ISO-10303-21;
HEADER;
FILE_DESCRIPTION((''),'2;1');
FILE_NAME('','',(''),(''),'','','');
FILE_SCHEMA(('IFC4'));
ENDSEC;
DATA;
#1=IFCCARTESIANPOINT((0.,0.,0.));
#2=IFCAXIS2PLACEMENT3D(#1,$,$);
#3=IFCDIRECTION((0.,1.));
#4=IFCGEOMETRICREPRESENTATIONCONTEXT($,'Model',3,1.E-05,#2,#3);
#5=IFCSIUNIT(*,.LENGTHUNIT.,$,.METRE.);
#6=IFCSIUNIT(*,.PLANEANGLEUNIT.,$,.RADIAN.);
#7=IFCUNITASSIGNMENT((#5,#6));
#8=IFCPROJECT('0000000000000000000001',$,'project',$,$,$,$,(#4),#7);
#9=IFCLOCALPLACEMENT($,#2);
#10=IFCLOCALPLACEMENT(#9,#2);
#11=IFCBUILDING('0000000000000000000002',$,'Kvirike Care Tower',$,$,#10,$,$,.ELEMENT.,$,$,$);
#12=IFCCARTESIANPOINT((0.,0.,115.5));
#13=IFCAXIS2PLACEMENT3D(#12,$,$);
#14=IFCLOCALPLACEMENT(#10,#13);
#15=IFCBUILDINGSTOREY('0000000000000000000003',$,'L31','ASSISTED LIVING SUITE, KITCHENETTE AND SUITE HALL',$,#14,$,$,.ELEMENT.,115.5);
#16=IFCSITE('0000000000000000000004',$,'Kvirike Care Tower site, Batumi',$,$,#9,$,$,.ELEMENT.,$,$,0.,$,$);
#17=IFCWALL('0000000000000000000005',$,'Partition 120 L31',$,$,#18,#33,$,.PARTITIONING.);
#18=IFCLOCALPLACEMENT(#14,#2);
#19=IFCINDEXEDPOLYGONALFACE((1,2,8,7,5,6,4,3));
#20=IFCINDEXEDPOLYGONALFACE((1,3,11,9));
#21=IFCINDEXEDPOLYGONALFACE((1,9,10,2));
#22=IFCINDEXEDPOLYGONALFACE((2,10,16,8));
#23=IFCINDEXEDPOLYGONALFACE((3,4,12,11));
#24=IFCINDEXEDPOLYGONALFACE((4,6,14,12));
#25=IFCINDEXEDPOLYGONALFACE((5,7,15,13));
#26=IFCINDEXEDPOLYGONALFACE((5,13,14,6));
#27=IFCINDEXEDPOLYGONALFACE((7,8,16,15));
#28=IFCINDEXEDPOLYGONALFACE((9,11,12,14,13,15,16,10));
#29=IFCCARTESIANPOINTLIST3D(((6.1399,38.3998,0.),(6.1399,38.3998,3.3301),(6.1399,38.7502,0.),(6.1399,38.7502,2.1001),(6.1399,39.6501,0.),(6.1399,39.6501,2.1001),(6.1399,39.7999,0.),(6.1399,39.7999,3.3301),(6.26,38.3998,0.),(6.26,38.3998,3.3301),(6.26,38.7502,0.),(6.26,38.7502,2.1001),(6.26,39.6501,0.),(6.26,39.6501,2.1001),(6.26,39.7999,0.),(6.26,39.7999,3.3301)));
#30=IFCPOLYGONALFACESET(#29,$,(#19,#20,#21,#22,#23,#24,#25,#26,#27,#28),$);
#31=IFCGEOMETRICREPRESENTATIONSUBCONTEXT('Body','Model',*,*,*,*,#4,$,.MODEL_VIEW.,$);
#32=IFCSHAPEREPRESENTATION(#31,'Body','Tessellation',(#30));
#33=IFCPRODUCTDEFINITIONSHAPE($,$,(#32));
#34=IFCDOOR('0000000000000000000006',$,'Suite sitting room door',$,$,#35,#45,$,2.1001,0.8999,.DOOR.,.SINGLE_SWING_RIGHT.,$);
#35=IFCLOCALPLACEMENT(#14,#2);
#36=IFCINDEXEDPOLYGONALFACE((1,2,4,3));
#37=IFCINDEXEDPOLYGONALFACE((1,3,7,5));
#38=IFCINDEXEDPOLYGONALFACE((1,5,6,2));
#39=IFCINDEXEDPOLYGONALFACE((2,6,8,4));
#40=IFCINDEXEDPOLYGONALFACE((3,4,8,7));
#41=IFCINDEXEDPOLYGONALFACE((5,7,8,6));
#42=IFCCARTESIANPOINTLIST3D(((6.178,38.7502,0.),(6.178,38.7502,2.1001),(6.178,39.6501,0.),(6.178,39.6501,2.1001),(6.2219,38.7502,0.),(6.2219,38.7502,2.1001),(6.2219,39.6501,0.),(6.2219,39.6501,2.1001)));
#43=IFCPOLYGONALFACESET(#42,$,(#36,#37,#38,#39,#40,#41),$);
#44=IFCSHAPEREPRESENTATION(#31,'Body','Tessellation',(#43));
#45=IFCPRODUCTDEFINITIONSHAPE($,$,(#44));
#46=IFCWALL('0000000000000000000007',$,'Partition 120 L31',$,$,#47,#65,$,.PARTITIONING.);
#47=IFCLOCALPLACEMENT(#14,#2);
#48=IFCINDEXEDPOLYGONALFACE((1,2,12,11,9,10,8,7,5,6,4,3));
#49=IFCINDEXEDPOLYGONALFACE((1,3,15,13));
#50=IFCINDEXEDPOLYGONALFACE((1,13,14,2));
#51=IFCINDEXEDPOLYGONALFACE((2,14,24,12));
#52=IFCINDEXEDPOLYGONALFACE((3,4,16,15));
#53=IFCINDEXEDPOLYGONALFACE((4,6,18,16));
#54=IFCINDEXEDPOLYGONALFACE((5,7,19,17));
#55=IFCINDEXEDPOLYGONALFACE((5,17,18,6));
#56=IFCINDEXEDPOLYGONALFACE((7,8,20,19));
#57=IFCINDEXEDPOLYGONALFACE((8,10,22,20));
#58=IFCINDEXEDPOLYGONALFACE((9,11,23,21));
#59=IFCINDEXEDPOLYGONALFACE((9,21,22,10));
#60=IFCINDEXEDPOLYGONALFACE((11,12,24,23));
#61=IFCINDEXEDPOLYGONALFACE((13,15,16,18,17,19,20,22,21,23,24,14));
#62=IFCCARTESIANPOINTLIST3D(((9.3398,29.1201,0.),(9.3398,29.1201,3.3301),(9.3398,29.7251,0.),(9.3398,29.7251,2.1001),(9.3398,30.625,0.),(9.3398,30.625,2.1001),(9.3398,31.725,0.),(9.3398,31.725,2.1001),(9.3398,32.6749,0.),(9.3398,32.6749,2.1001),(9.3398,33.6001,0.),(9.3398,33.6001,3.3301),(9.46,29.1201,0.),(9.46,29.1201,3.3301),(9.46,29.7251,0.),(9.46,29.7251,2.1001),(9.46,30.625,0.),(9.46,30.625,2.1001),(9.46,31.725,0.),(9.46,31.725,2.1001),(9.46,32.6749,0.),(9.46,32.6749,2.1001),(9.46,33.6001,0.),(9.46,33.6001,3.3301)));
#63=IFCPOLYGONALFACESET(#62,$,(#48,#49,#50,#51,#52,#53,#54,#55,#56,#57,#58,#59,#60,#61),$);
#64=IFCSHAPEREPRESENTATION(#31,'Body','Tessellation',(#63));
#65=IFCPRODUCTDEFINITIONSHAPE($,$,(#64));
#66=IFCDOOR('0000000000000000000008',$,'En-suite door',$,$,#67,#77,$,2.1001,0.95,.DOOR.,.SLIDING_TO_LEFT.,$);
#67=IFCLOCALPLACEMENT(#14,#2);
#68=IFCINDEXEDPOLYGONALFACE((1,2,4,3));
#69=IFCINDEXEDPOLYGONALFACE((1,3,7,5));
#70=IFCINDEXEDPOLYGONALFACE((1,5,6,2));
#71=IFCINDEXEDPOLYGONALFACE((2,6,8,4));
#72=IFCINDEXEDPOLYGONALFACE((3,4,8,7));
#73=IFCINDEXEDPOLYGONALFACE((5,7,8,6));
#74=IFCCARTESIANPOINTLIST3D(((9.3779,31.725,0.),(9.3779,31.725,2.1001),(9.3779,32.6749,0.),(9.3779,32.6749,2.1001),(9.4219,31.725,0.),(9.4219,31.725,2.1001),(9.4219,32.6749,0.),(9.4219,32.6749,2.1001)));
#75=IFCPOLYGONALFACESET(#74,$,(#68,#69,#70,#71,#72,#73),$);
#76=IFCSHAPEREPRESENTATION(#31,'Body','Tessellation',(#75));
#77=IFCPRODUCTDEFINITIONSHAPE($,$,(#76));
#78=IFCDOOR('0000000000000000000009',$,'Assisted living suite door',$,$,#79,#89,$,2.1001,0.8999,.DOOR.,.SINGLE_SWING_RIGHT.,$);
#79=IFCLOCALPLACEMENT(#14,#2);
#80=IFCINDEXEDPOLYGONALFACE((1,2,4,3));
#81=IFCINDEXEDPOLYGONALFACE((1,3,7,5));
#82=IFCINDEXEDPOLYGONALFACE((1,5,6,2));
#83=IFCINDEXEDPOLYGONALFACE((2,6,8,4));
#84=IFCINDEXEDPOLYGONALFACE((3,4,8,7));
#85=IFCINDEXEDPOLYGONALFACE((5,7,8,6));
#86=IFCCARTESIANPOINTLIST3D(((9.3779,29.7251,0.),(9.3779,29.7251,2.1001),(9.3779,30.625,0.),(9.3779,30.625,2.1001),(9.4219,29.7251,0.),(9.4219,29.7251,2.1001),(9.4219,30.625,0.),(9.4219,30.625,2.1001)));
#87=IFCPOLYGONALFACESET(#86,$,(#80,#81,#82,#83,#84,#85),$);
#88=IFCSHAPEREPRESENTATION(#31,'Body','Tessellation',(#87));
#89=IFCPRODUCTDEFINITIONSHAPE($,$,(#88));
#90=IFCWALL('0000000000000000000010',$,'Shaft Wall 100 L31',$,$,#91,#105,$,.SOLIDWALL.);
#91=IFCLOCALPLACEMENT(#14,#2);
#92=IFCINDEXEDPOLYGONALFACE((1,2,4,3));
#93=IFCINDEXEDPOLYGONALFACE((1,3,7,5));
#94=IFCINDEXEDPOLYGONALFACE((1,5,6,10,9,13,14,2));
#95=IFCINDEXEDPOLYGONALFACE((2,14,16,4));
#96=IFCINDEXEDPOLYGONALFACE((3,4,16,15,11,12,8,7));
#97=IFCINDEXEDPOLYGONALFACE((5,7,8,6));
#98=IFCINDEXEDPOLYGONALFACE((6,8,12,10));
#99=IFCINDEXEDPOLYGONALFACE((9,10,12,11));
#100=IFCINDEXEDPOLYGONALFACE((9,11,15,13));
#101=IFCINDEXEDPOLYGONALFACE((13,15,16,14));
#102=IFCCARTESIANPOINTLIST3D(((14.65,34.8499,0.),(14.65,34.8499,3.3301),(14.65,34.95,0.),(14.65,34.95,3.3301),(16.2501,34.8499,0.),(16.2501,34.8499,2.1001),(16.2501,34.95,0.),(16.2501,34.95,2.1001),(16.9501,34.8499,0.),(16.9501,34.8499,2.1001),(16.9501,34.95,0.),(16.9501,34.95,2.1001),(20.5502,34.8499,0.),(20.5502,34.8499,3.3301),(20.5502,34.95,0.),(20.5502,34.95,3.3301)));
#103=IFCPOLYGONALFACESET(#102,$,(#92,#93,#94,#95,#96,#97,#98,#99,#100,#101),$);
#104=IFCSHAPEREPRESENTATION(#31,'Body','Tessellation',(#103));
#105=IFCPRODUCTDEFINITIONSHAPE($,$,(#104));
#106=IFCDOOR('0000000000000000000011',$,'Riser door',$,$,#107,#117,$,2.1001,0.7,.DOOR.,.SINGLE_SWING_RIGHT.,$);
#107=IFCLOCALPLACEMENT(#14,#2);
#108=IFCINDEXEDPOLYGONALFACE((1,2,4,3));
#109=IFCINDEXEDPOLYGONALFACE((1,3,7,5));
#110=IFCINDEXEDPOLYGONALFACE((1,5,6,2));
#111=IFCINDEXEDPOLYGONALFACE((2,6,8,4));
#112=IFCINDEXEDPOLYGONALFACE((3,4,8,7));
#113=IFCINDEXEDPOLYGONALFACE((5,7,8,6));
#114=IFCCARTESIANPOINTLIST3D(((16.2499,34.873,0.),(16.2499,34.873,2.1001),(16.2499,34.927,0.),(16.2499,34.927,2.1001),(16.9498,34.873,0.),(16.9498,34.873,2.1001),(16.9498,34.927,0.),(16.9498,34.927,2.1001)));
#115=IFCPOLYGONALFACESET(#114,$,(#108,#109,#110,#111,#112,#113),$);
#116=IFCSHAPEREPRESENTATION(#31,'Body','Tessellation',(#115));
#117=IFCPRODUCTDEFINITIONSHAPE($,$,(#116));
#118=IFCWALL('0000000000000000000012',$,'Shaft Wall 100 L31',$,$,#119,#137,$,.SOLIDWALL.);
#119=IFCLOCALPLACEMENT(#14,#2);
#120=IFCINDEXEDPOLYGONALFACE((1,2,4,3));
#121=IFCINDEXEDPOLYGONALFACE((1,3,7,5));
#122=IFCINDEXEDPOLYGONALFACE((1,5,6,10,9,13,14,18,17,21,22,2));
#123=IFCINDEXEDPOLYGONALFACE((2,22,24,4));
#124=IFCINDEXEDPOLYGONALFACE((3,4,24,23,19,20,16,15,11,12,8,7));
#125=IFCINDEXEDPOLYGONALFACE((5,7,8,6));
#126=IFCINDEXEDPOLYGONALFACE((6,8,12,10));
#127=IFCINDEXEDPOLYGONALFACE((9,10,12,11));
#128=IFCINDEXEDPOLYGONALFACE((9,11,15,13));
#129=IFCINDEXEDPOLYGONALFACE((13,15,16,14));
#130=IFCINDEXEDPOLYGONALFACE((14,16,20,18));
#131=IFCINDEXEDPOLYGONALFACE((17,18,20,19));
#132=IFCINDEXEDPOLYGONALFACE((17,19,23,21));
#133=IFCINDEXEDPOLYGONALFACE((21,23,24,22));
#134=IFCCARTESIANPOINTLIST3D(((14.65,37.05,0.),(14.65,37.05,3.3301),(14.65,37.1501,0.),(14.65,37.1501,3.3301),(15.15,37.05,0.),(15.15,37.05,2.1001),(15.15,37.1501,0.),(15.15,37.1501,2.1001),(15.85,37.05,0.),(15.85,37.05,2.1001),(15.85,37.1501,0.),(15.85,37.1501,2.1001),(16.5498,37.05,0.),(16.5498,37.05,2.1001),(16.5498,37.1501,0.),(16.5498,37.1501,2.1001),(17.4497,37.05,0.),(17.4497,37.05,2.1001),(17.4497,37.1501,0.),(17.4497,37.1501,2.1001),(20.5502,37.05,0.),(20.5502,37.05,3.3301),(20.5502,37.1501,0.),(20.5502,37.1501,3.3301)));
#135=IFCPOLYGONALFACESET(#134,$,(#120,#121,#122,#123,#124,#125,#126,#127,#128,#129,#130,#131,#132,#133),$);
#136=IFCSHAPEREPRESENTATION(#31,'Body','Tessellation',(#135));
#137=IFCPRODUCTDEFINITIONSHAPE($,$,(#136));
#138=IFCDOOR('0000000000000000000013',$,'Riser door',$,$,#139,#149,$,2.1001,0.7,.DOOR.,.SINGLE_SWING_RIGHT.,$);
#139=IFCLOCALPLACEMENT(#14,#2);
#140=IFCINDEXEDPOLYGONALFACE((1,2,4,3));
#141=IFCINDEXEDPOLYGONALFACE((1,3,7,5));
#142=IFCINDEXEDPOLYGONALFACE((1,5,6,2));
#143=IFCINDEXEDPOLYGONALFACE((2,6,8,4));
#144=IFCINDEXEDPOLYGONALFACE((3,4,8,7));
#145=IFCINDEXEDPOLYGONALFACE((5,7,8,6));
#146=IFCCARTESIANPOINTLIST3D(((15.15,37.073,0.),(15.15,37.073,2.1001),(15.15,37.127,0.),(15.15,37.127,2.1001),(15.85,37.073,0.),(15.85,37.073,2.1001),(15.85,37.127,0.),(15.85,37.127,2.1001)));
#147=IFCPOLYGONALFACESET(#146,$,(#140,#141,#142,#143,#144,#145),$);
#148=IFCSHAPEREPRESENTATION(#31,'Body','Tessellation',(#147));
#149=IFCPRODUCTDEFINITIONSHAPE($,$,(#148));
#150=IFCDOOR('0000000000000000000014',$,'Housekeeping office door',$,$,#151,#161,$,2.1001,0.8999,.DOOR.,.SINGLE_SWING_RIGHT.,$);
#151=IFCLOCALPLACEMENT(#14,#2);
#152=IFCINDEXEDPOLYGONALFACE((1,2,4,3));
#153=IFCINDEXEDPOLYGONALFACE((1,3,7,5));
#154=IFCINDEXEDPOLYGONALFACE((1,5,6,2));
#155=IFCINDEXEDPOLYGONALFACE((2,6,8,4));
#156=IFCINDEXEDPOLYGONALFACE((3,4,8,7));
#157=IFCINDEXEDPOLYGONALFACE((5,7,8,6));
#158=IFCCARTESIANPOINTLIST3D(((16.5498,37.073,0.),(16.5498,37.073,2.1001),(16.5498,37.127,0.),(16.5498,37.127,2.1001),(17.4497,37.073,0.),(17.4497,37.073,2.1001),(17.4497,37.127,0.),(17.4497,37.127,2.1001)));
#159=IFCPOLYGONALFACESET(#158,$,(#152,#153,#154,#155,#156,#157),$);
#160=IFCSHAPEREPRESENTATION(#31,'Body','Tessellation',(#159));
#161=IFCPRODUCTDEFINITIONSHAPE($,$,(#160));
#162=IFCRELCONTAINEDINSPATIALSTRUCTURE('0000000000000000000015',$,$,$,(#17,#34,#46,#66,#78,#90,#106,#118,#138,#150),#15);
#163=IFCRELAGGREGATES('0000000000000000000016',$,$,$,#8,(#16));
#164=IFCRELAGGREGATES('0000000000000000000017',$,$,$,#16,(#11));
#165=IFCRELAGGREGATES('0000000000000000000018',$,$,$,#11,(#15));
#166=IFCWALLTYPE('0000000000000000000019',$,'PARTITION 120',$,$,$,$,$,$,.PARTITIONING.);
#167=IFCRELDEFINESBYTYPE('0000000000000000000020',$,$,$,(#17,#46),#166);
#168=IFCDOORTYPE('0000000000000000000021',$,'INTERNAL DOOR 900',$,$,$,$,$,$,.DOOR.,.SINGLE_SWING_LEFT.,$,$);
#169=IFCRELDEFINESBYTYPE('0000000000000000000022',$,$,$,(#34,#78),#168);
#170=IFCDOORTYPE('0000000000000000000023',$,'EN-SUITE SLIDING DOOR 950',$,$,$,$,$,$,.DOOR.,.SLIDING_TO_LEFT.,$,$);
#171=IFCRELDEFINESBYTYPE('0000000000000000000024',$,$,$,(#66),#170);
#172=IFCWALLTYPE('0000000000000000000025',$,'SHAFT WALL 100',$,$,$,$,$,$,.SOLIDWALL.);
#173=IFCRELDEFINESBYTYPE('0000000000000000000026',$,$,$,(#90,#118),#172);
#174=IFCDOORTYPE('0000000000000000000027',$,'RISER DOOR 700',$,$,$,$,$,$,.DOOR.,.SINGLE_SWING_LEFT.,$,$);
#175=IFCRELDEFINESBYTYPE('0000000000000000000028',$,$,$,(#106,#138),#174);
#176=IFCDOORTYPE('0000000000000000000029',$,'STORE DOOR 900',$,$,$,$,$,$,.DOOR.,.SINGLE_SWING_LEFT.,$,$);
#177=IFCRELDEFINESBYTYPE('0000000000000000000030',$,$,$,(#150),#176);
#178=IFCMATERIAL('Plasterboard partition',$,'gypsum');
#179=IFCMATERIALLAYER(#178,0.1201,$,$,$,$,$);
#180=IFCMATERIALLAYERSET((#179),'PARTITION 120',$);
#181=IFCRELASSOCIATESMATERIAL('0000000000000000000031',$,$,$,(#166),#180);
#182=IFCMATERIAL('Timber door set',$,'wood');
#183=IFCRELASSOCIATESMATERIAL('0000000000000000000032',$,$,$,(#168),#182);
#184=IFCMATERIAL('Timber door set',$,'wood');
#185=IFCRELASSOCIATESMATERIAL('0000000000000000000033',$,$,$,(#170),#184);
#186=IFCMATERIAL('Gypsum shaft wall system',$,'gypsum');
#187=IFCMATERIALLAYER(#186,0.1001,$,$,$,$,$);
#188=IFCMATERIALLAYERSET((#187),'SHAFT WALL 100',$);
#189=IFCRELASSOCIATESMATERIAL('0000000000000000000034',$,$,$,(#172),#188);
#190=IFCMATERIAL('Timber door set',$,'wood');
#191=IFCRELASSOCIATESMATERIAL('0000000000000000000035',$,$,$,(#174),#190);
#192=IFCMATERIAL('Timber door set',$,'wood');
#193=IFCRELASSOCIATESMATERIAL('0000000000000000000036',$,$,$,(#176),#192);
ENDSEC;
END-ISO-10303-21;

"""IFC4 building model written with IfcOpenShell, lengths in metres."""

from ifc_helpers import new_model, si_unit, direction, frame, frame_2d, origin, place, context, subcontext, project, spatial, rectangle, extrude, material, layer, layer_set, type_object, element, fill, save


model = new_model("IFC4")

# Units and contexts
model_context = context("Model", 3, precision=1e-05, world=origin(), true_north=direction((0.0, 1.0)))
body_context = subcontext(model_context, "Body", "Model", "MODEL_VIEW")
ifc_project = project(units=[si_unit("LENGTHUNIT", "METRE"), si_unit("PLANEANGLEUNIT", "RADIAN")], contexts=[model_context])

# Site, building, storey
site_placement = place(None, origin())
site = spatial("IfcSite", under=ifc_project, at=site_placement, Name="Kvirike Care Tower site, Batumi", CompositionType="ELEMENT", RefElevation=0.0)
building_placement = place(site_placement, origin())
building = spatial("IfcBuilding", under=site, at=building_placement, Name="Kvirike Care Tower", CompositionType="ELEMENT")
storey_placement = place(building_placement, frame((0.0, 0.0, 115.5)))
storey = spatial("IfcBuildingStorey", under=building, at=storey_placement, Name="L31", Description="ASSISTED LIVING SUITE, KITCHENETTE AND SUITE HALL", CompositionType="ELEMENT", Elevation=115.5)

# Wall, opening, door
ifc_material_1 = material(Name="Plasterboard partition", Category="gypsum")
ifc_layer_1 = layer(ifc_material_1, 0.1201)
ifc_layer_set_1 = layer_set([ifc_layer_1], Name="PARTITION 120")
wall_type_1 = type_object("IfcWallType", Name="PARTITION 120", PredefinedType="PARTITIONING", material=ifc_layer_set_1)
ifc_material_2 = material(Name="Timber door set", Category="wood")
door_type_1 = type_object("IfcDoorType", Name="INTERNAL DOOR 900", OperationType="SINGLE_SWING_LEFT", PredefinedType="DOOR", material=ifc_material_2)
wall_1_placement = place(storey_placement, frame((6.2, 39.8, 0.0), z_axis=(0.0, 0.0, 1.0), x_axis=(0.0, -1.0, 0.0)))
wall_1 = element("IfcWall", 1, at=wall_1_placement, inside=storey, type_object=wall_type_1, Name="Partition 120 L31", PredefinedType="PARTITIONING", context=body_context, shape_type="SweptSolid", body=[
    extrude(rectangle(XDim=1.4001, YDim=0.1201, at=frame_2d((0.7002, 0.0))), origin(), (0.0, 0.0, 1.0), 3.3301),
])
opening_1_placement = place(wall_1_placement, frame((0.1499, 0.0, 0.0)))
opening_1 = element("IfcOpeningElement", 2, at=opening_1_placement, cuts=wall_1, PredefinedType="OPENING", context=body_context, shape_type="SweptSolid", body=[
    extrude(rectangle(XDim=0.8999, YDim=2.1001, at=frame_2d((0.45, 1.05))), frame((0.0, 0.0706, 0.0), z_axis=(0.0, -1.0, 0.0), x_axis=(1.0, 0.0, 0.0)), (0.0, 0.0, 1.0), 0.1411),
])
door_1_placement = place(opening_1_placement, origin())
door_1 = element("IfcDoor", 3, at=door_1_placement, inside=storey, type_object=door_type_1, Name="Suite sitting room door", OperationType="SINGLE_SWING_RIGHT", OverallHeight=2.1001, OverallWidth=0.8999, PredefinedType="DOOR", context=body_context, shape_type="SweptSolid", body=[
    extrude(rectangle(XDim=0.8999, YDim=2.1001, at=frame_2d((0.45, 1.05))), frame((0.0, 0.022, 0.0), z_axis=(0.0, -1.0, 0.0), x_axis=(1.0, 0.0, 0.0)), (0.0, 0.0, 1.0), 0.0439),
])
fill(opening_1, door_1)

# Wall, openings, doors
wall_2_placement = place(storey_placement, frame((9.3999, 33.6001, 0.0), z_axis=(0.0, 0.0, 1.0), x_axis=(0.0, -1.0, 0.0)))
wall_2 = element("IfcWall", 4, at=wall_2_placement, inside=storey, type_object=wall_type_1, Name="Partition 120 L31", PredefinedType="PARTITIONING", context=body_context, shape_type="SweptSolid", body=[
    extrude(rectangle(XDim=4.48, YDim=0.1201, at=frame_2d((2.24, 0.0))), origin(), (0.0, 0.0, 1.0), 3.3301),
])
opening_2_placement = place(wall_2_placement, frame((2.9751, 0.0, 0.0)))
opening_2 = element("IfcOpeningElement", 5, at=opening_2_placement, cuts=wall_2, PredefinedType="OPENING", context=body_context, shape_type="SweptSolid", body=[
    extrude(rectangle(XDim=0.8999, YDim=2.1001, at=frame_2d((0.45, 1.05))), frame((0.0, 0.0706, 0.0), z_axis=(0.0, -1.0, 0.0), x_axis=(1.0, 0.0, 0.0)), (0.0, 0.0, 1.0), 0.1411),
])
opening_3_placement = place(wall_2_placement, frame((0.925, 0.0, 0.0)))
opening_3 = element("IfcOpeningElement", 6, at=opening_3_placement, cuts=wall_2, PredefinedType="OPENING", context=body_context, shape_type="SweptSolid", body=[
    extrude(rectangle(XDim=0.95, YDim=2.1001, at=frame_2d((0.4751, 1.05))), frame((0.0, 0.0706, 0.0), z_axis=(0.0, -1.0, 0.0), x_axis=(1.0, 0.0, 0.0)), (0.0, 0.0, 1.0), 0.1411),
])
ifc_material_3 = material(Name="Timber door set", Category="wood")
door_type_2 = type_object("IfcDoorType", Name="EN-SUITE SLIDING DOOR 950", OperationType="SLIDING_TO_LEFT", PredefinedType="DOOR", material=ifc_material_3)
door_2_placement = place(opening_3_placement, origin())
door_2 = element("IfcDoor", 7, at=door_2_placement, inside=storey, type_object=door_type_2, Name="En-suite door", OperationType="SLIDING_TO_LEFT", OverallHeight=2.1001, OverallWidth=0.95, PredefinedType="DOOR", context=body_context, shape_type="SweptSolid", body=[
    extrude(rectangle(XDim=0.95, YDim=2.1001, at=frame_2d((0.4751, 1.05))), frame((0.0, 0.022, 0.0), z_axis=(0.0, -1.0, 0.0), x_axis=(1.0, 0.0, 0.0)), (0.0, 0.0, 1.0), 0.0439),
])
fill(opening_3, door_2)
door_3_placement = place(opening_2_placement, origin())
door_3 = element("IfcDoor", 8, at=door_3_placement, inside=storey, type_object=door_type_1, Name="Assisted living suite door", OperationType="SINGLE_SWING_RIGHT", OverallHeight=2.1001, OverallWidth=0.8999, PredefinedType="DOOR", context=body_context, shape_type="SweptSolid", body=[
    extrude(rectangle(XDim=0.8999, YDim=2.1001, at=frame_2d((0.45, 1.05))), frame((0.0, 0.022, 0.0), z_axis=(0.0, -1.0, 0.0), x_axis=(1.0, 0.0, 0.0)), (0.0, 0.0, 1.0), 0.0439),
])
fill(opening_2, door_3)

# Wall, opening, door
ifc_material_4 = material(Name="Gypsum shaft wall system", Category="gypsum")
ifc_layer_2 = layer(ifc_material_4, 0.1001)
ifc_layer_set_2 = layer_set([ifc_layer_2], Name="SHAFT WALL 100")
wall_type_2 = type_object("IfcWallType", Name="SHAFT WALL 100", PredefinedType="SOLIDWALL", material=ifc_layer_set_2)
wall_3_placement = place(storey_placement, frame((14.6499, 34.8999, 0.0), z_axis=(0.0, 0.0, 1.0), x_axis=(1.0, 0.0, 0.0)))
wall_3 = element("IfcWall", 9, at=wall_3_placement, inside=storey, type_object=wall_type_2, Name="Shaft Wall 100 L31", PredefinedType="SOLIDWALL", context=body_context, shape_type="SweptSolid", body=[
    extrude(rectangle(XDim=5.9001, YDim=0.1001, at=frame_2d((2.9502, 0.0))), origin(), (0.0, 0.0, 1.0), 3.3301),
])
opening_4_placement = place(wall_3_placement, frame((1.6001, 0.0, 0.0)))
opening_4 = element("IfcOpeningElement", 10, at=opening_4_placement, cuts=wall_3, PredefinedType="OPENING", context=body_context, shape_type="SweptSolid", body=[
    extrude(rectangle(XDim=0.7, YDim=2.1001, at=frame_2d((0.3501, 1.05))), frame((0.0, 0.0605, 0.0), z_axis=(0.0, -1.0, 0.0), x_axis=(1.0, 0.0, 0.0)), (0.0, 0.0, 1.0), 0.1211),
])
ifc_material_5 = material(Name="Timber door set", Category="wood")
door_type_3 = type_object("IfcDoorType", Name="RISER DOOR 700", OperationType="SINGLE_SWING_LEFT", PredefinedType="DOOR", material=ifc_material_5)
door_4_placement = place(opening_4_placement, frame((0.7, 0.0, 0.0), z_axis=(0.0, 0.0, 1.0), x_axis=(-1.0, 0.0, 0.0)))
door_4 = element("IfcDoor", 11, at=door_4_placement, inside=storey, type_object=door_type_3, Name="Riser door", OperationType="SINGLE_SWING_RIGHT", OverallHeight=2.1001, OverallWidth=0.7, PredefinedType="DOOR", context=body_context, shape_type="SweptSolid", body=[
    extrude(rectangle(XDim=0.7, YDim=2.1001, at=frame_2d((0.3501, 1.05))), frame((0.0, 0.0269, 0.0), z_axis=(0.0, -1.0, 0.0), x_axis=(1.0, 0.0, 0.0)), (0.0, 0.0, 1.0), 0.054),
])
fill(opening_4, door_4)

# Wall, openings, doors
wall_4_placement = place(storey_placement, frame((14.6499, 37.1001, 0.0), z_axis=(0.0, 0.0, 1.0), x_axis=(1.0, 0.0, 0.0)))
wall_4 = element("IfcWall", 12, at=wall_4_placement, inside=storey, type_object=wall_type_2, Name="Shaft Wall 100 L31", PredefinedType="SOLIDWALL", context=body_context, shape_type="SweptSolid", body=[
    extrude(rectangle(XDim=5.9001, YDim=0.1001, at=frame_2d((2.9502, 0.0))), origin(), (0.0, 0.0, 1.0), 3.3301),
])
opening_5_placement = place(wall_4_placement, frame((0.5, 0.0, 0.0)))
opening_5 = element("IfcOpeningElement", 13, at=opening_5_placement, cuts=wall_4, PredefinedType="OPENING", context=body_context, shape_type="SweptSolid", body=[
    extrude(rectangle(XDim=0.7, YDim=2.1001, at=frame_2d((0.3501, 1.05))), frame((0.0, 0.0605, 0.0), z_axis=(0.0, -1.0, 0.0), x_axis=(1.0, 0.0, 0.0)), (0.0, 0.0, 1.0), 0.1211),
])
opening_6_placement = place(wall_4_placement, frame((1.8999, 0.0, 0.0)))
opening_6 = element("IfcOpeningElement", 14, at=opening_6_placement, cuts=wall_4, PredefinedType="OPENING", context=body_context, shape_type="SweptSolid", body=[
    extrude(rectangle(XDim=0.8999, YDim=2.1001, at=frame_2d((0.45, 1.05))), frame((0.0, 0.0605, 0.0), z_axis=(0.0, -1.0, 0.0), x_axis=(1.0, 0.0, 0.0)), (0.0, 0.0, 1.0), 0.1211),
])
door_5_placement = place(opening_5_placement, origin())
door_5 = element("IfcDoor", 15, at=door_5_placement, inside=storey, type_object=door_type_3, Name="Riser door", OperationType="SINGLE_SWING_RIGHT", OverallHeight=2.1001, OverallWidth=0.7, PredefinedType="DOOR", context=body_context, shape_type="SweptSolid", body=[
    extrude(rectangle(XDim=0.7, YDim=2.1001, at=frame_2d((0.3501, 1.05))), frame((0.0, 0.0269, 0.0), z_axis=(0.0, -1.0, 0.0), x_axis=(1.0, 0.0, 0.0)), (0.0, 0.0, 1.0), 0.054),
])
fill(opening_5, door_5)
ifc_material_6 = material(Name="Timber door set", Category="wood")
door_type_4 = type_object("IfcDoorType", Name="STORE DOOR 900", OperationType="SINGLE_SWING_LEFT", PredefinedType="DOOR", material=ifc_material_6)
door_6_placement = place(opening_6_placement, origin())
door_6 = element("IfcDoor", 16, at=door_6_placement, inside=storey, type_object=door_type_4, Name="Housekeeping office door", OperationType="SINGLE_SWING_RIGHT", OverallHeight=2.1001, OverallWidth=0.8999, PredefinedType="DOOR", context=body_context, shape_type="SweptSolid", body=[
    extrude(rectangle(XDim=0.8999, YDim=2.1001, at=frame_2d((0.45, 1.05))), frame((0.0, 0.0269, 0.0), z_axis=(0.0, -1.0, 0.0), x_axis=(1.0, 0.0, 0.0)), (0.0, 0.0, 1.0), 0.054),
])
fill(opening_6, door_6)

save(model, "model.ifc")
